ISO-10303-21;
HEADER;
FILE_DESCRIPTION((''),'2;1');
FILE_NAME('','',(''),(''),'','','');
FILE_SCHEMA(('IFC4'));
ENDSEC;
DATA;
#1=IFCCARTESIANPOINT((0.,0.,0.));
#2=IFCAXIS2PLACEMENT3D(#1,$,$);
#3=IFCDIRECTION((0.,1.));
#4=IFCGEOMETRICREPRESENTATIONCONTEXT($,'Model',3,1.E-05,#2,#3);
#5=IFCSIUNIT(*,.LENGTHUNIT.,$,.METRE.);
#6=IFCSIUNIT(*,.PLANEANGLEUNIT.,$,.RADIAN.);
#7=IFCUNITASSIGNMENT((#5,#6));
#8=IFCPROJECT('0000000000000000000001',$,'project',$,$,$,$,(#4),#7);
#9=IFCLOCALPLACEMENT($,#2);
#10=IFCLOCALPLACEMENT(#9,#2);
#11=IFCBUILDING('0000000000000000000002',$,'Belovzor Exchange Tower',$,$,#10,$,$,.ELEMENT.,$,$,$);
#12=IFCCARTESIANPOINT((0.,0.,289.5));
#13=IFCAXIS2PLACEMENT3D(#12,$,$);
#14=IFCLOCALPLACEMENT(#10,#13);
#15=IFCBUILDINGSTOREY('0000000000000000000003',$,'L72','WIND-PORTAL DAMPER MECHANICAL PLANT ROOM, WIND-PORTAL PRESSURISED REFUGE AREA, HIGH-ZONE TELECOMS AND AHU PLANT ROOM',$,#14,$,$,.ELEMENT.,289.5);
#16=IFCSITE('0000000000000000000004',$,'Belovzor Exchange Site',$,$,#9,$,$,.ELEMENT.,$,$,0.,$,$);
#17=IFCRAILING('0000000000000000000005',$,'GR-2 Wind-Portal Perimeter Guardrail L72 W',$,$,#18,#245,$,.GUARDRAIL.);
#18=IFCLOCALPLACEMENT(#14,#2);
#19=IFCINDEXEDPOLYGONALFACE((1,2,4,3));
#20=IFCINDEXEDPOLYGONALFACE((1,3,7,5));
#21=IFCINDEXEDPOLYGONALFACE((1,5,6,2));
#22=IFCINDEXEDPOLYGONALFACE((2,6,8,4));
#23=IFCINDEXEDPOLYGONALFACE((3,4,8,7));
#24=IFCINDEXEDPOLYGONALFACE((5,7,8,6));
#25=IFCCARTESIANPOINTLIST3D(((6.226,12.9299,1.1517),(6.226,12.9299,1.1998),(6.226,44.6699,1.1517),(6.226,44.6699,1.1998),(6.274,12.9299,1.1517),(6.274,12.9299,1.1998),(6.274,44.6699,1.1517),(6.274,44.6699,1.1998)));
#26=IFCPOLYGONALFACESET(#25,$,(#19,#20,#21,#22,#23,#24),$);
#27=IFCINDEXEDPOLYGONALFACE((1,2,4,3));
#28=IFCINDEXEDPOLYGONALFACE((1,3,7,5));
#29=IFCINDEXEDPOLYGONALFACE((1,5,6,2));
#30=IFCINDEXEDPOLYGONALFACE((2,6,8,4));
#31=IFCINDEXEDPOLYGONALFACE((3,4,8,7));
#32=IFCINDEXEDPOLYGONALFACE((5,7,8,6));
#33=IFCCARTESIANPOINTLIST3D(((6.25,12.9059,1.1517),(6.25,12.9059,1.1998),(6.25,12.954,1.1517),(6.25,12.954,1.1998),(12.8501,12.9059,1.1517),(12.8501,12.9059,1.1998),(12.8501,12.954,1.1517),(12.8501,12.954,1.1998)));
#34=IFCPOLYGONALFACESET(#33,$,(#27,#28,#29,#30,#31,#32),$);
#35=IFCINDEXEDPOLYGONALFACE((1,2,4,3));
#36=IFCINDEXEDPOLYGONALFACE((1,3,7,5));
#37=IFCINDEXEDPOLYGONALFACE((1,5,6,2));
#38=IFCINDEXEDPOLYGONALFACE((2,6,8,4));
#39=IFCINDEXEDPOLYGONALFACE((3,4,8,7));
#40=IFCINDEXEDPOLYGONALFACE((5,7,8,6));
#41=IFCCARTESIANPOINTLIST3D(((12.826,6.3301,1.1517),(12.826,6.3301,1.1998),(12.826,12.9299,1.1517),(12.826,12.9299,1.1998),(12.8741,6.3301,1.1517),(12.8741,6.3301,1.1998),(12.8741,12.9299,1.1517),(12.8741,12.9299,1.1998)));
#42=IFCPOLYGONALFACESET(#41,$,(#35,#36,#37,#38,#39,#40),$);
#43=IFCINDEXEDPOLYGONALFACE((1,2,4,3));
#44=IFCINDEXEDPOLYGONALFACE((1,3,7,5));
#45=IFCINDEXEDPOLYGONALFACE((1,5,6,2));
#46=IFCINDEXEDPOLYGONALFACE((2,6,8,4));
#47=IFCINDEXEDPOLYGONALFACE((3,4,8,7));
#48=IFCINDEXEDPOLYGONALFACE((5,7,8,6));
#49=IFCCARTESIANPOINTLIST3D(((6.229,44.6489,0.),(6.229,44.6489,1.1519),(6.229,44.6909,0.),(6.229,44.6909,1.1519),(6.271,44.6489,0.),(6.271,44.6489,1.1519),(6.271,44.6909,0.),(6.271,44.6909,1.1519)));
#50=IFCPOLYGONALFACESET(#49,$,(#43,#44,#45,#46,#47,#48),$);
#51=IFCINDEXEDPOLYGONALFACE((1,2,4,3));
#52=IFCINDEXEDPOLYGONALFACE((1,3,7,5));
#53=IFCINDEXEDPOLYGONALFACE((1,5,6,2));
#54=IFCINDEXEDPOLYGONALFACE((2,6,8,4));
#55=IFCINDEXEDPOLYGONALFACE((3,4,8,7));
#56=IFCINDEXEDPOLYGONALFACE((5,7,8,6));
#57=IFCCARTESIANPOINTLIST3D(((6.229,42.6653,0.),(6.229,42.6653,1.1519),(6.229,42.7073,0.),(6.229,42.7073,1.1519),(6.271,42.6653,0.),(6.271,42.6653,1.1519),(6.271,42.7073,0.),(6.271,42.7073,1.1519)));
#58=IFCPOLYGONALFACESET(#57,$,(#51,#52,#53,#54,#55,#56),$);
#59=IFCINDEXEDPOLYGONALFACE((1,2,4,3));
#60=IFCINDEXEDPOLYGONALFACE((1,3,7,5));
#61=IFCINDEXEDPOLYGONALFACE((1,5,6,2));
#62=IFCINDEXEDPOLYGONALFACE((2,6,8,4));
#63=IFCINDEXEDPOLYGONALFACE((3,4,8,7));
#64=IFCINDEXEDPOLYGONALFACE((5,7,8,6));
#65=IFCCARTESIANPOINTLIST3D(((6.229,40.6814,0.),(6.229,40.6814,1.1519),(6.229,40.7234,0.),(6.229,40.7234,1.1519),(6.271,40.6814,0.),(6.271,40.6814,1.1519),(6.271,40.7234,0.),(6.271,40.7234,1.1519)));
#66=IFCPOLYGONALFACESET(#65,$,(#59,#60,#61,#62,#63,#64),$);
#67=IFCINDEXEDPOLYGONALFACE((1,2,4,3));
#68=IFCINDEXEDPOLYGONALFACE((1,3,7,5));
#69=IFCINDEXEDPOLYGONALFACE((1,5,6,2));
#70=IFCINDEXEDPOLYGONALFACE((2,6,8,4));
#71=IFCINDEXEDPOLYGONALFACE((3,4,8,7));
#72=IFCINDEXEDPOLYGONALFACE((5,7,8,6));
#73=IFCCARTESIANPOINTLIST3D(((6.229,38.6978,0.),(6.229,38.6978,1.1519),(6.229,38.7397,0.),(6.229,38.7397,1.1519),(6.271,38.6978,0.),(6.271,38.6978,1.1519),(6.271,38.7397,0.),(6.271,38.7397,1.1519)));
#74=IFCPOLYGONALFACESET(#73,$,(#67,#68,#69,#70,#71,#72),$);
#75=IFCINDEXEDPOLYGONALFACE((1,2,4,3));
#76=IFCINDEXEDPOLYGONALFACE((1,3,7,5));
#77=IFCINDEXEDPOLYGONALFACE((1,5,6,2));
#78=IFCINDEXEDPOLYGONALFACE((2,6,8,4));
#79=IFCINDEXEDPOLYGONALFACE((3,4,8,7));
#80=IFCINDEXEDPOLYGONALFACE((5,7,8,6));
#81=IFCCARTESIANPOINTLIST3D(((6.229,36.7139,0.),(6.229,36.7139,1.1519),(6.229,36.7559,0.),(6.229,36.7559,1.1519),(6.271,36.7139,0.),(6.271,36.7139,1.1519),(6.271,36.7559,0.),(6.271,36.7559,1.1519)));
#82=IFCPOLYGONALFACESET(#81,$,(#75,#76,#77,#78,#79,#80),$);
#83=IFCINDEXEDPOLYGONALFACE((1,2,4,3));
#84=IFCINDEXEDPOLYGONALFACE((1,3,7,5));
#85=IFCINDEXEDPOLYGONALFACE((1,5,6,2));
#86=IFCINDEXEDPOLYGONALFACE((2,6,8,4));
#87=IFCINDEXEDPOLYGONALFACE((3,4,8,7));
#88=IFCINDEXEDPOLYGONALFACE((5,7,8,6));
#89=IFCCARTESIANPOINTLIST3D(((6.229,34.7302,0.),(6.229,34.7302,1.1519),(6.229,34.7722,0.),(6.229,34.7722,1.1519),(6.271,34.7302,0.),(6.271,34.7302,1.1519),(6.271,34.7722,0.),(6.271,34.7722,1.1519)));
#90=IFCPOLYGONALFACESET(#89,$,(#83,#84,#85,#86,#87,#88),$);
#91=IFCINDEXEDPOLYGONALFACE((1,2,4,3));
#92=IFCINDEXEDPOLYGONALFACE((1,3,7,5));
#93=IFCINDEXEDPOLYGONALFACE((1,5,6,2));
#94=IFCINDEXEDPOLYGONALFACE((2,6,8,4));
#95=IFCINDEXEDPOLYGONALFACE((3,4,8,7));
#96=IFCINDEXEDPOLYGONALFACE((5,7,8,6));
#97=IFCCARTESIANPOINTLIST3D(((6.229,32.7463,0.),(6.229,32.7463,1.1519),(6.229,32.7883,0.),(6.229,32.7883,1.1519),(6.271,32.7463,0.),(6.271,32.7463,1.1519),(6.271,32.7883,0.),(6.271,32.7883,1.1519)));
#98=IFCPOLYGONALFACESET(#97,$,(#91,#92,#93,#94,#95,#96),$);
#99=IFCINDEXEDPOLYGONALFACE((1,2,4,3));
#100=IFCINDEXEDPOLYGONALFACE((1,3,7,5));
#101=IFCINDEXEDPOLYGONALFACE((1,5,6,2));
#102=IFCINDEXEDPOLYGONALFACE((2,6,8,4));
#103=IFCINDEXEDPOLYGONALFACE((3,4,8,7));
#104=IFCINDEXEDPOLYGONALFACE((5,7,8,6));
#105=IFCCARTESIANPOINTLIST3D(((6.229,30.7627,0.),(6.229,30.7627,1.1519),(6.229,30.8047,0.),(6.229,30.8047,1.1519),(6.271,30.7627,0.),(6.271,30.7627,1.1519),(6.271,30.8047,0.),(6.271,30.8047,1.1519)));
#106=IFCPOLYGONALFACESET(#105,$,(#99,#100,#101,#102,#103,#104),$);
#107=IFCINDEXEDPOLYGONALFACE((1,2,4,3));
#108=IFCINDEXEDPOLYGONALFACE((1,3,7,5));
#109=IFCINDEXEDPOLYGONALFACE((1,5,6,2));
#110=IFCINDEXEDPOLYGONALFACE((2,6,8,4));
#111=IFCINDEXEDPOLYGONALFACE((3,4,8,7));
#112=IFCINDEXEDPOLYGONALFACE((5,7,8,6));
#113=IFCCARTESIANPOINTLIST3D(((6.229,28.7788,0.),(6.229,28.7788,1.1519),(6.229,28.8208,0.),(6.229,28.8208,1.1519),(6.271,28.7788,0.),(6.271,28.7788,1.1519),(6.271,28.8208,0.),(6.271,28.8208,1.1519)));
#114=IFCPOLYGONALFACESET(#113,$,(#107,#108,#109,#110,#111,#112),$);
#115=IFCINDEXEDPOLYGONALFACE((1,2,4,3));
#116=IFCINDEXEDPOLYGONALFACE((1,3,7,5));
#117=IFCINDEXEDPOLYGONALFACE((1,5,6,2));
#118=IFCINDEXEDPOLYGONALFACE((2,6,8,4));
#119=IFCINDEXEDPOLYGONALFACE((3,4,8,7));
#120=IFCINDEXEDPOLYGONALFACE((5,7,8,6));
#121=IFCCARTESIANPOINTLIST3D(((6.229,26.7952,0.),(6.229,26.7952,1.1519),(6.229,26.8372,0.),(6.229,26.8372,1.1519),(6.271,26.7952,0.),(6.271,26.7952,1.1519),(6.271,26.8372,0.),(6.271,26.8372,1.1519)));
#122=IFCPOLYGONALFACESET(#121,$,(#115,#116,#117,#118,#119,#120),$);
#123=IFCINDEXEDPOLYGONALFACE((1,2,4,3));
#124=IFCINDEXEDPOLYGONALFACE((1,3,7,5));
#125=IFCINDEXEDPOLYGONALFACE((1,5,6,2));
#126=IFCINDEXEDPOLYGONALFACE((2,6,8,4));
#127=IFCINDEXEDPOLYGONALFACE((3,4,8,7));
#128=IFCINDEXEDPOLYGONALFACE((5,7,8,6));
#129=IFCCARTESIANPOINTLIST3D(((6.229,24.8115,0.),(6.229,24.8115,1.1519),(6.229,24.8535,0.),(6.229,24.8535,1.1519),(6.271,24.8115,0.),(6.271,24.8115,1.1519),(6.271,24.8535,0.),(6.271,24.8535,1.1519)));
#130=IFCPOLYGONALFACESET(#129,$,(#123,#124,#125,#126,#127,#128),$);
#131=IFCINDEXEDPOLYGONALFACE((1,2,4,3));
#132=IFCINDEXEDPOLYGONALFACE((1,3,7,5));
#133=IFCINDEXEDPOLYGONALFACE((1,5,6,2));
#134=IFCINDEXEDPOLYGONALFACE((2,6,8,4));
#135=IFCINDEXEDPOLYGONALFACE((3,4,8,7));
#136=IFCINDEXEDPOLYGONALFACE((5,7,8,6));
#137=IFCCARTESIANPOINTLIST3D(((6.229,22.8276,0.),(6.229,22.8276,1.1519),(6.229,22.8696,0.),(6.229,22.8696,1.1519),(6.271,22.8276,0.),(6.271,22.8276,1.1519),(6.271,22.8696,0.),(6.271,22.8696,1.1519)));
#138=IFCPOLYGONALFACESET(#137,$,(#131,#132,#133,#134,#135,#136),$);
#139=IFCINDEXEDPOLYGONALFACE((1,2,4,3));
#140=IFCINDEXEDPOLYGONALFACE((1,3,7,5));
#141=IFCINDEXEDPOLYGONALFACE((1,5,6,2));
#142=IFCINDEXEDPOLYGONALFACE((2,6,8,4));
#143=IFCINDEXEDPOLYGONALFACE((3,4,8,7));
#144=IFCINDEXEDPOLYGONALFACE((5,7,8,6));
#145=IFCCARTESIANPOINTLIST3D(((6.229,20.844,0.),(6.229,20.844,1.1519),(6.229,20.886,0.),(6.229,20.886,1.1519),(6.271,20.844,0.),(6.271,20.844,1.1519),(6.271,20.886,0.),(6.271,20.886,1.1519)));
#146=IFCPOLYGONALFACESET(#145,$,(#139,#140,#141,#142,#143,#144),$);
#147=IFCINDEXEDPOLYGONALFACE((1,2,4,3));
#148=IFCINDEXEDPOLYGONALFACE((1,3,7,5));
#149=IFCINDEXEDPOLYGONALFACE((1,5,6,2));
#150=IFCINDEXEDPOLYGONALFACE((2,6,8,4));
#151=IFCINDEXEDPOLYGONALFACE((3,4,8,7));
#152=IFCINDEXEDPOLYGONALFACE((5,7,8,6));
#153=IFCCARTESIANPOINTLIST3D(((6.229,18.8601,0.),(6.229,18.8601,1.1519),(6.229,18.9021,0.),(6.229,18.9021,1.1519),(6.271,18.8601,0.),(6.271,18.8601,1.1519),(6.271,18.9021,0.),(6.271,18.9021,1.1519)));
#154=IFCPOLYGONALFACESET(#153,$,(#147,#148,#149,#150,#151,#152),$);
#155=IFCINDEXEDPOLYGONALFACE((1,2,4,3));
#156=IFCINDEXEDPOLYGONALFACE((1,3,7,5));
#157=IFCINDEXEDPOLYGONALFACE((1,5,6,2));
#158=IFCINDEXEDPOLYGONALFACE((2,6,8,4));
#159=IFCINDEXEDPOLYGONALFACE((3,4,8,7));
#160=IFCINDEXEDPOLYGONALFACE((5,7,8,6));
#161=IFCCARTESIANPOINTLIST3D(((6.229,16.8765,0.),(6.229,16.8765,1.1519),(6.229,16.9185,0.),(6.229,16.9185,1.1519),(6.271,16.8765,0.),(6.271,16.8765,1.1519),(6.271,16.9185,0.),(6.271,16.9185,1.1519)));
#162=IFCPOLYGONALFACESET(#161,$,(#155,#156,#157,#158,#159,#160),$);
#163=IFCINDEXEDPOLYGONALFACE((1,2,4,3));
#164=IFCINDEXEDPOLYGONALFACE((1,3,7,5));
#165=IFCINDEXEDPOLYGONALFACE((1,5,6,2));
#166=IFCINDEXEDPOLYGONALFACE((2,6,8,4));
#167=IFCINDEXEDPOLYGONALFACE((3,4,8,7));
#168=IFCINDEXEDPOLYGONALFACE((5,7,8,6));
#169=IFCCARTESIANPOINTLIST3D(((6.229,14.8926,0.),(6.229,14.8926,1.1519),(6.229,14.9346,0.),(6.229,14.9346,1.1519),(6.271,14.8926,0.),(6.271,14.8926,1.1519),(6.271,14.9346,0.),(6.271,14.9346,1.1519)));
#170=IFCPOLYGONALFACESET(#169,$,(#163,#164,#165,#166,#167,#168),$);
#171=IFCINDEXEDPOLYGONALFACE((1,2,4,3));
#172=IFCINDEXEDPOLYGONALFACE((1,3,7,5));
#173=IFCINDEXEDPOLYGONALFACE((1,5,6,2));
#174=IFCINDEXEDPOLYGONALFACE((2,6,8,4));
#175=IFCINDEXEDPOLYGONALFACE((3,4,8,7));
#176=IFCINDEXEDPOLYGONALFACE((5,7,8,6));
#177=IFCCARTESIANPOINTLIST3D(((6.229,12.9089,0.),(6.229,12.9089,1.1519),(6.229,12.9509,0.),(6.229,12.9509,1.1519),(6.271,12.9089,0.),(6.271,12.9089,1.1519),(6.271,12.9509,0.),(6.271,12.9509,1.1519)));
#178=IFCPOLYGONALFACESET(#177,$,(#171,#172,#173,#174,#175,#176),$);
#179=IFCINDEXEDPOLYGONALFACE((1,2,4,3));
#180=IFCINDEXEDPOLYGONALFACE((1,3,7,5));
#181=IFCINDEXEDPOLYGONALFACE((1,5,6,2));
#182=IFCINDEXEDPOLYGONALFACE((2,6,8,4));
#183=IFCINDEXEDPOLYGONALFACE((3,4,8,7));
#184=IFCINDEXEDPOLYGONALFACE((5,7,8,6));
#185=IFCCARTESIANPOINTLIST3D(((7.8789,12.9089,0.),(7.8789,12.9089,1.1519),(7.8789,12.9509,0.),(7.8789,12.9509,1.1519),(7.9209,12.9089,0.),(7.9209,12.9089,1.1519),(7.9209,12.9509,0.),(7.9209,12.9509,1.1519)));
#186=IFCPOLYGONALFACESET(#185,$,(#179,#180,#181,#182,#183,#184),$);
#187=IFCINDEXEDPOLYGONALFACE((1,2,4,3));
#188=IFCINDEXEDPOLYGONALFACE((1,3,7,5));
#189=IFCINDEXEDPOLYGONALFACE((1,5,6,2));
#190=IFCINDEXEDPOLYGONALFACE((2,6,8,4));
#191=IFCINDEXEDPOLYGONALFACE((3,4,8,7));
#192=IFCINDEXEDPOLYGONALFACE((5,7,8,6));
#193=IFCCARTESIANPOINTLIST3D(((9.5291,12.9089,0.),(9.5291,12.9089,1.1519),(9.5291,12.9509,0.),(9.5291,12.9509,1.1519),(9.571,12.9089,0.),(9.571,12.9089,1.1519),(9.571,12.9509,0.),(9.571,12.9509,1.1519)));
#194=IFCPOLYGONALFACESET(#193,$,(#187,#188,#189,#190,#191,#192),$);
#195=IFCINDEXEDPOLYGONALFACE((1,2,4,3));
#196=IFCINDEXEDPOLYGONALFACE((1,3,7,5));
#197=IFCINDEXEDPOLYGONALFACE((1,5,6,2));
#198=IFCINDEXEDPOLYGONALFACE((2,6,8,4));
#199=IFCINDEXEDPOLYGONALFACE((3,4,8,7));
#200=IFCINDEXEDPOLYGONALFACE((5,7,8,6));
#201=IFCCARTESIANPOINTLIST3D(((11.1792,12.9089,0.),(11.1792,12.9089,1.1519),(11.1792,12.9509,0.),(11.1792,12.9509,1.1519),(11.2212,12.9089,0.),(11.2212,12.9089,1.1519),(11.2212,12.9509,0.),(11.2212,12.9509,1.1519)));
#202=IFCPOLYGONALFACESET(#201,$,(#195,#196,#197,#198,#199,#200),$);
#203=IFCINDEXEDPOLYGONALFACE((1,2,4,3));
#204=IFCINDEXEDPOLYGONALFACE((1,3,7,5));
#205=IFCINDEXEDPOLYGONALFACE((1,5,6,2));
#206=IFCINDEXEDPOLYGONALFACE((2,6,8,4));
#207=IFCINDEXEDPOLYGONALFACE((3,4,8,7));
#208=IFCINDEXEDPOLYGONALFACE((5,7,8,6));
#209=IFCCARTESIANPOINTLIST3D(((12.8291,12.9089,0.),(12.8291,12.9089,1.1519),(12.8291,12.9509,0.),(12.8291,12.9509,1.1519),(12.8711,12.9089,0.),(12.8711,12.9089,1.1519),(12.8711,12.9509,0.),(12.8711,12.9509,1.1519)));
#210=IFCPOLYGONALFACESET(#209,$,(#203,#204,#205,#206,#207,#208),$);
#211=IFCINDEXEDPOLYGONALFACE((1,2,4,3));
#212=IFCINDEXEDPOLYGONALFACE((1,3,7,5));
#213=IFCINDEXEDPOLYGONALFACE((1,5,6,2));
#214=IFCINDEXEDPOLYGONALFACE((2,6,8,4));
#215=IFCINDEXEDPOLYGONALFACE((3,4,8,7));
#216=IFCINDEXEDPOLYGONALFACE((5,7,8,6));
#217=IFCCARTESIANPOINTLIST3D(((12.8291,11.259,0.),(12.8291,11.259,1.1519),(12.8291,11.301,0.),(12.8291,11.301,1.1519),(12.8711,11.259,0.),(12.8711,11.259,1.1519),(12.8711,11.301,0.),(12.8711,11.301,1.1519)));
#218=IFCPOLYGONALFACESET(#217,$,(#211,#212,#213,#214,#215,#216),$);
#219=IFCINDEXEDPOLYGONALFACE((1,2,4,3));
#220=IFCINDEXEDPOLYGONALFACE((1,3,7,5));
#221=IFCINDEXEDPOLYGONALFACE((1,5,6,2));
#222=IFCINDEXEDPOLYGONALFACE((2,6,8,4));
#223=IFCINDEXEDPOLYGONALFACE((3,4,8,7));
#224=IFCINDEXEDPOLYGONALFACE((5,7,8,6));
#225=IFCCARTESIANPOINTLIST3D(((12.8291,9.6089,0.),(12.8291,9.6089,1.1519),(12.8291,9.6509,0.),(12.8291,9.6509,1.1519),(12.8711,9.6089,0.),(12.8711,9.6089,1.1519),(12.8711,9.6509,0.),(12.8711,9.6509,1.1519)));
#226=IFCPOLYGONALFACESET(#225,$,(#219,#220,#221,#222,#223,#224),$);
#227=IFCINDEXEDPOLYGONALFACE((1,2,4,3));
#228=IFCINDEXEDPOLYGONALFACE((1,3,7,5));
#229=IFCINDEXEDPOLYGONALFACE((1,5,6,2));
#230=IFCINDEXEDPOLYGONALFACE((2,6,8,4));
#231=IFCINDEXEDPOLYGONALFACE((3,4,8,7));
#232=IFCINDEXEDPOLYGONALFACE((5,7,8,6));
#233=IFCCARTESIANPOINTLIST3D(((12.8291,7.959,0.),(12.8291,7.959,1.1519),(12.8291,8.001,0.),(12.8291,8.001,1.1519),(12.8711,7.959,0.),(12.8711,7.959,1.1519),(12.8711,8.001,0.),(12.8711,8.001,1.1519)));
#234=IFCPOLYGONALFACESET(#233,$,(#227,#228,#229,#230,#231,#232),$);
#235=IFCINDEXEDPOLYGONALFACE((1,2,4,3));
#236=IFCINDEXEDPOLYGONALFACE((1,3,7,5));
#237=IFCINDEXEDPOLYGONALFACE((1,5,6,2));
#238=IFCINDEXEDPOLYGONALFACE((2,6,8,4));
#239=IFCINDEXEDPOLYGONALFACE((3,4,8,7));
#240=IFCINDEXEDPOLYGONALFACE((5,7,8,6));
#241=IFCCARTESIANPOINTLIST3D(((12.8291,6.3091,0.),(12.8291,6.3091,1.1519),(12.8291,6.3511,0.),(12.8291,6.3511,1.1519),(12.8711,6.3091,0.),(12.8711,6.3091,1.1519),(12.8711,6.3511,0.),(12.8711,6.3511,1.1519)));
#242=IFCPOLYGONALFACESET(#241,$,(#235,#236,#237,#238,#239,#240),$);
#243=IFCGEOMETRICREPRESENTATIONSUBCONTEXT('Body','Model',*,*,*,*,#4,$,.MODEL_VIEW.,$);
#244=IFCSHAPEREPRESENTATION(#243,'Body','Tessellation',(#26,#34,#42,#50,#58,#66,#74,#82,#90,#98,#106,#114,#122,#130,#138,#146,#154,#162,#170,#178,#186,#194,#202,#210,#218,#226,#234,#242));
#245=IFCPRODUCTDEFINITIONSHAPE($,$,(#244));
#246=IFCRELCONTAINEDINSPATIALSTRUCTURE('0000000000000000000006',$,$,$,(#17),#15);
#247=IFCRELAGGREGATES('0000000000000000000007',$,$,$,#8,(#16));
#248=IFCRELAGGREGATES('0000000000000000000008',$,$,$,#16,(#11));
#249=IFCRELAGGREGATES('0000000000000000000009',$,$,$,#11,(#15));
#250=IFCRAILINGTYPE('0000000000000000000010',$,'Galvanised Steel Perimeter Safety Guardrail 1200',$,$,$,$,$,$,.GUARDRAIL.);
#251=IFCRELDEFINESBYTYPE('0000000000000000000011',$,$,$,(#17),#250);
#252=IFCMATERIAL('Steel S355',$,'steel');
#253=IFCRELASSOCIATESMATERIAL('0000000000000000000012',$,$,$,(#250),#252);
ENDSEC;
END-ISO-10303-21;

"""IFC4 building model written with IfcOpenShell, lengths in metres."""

from ifc_helpers import new_model, si_unit, direction, frame, origin, origin_2d, place, context, subcontext, project, spatial, rectangle, extrude, material, type_object, element, save


model = new_model("IFC4")

# Units and contexts
model_context = context("Model", 3, precision=1e-05, world=origin(), true_north=direction((0.0, 1.0)))
body_context = subcontext(model_context, "Body", "Model", "MODEL_VIEW")
ifc_project = project(units=[si_unit("LENGTHUNIT", "METRE"), si_unit("PLANEANGLEUNIT", "RADIAN")], contexts=[model_context])

# Site, building, storey
site_placement = place(None, origin())
site = spatial("IfcSite", under=ifc_project, at=site_placement, Name="Belovzor Exchange Site", CompositionType="ELEMENT", RefElevation=0.0)
building_placement = place(site_placement, origin())
building = spatial("IfcBuilding", under=site, at=building_placement, Name="Belovzor Exchange Tower", CompositionType="ELEMENT")
storey_placement = place(building_placement, frame((0.0, 0.0, 289.5)))
storey = spatial("IfcBuildingStorey", under=building, at=storey_placement, Name="L72", Description="WIND-PORTAL DAMPER MECHANICAL PLANT ROOM, WIND-PORTAL PRESSURISED REFUGE AREA, HIGH-ZONE TELECOMS AND AHU PLANT ROOM", CompositionType="ELEMENT", Elevation=289.5)

# Railing
ifc_material_1 = material(Name="Steel S355", Category="steel")
railing_type = type_object("IfcRailingType", Name="Galvanised Steel Perimeter Safety Guardrail 1200", PredefinedType="GUARDRAIL", material=ifc_material_1)
railing_placement = place(storey_placement, frame((6.25, 44.6699, 0.0)))
element("IfcRailing", 1, at=railing_placement, inside=storey, type_object=railing_type, Name="GR-2 Wind-Portal Perimeter Guardrail L72 W", PredefinedType="GUARDRAIL", context=body_context, shape_type="SweptSolid", body=[
    extrude(rectangle(XDim=0.0481, YDim=0.0481, at=origin_2d()), frame((0.0, 0.0, 1.1758), z_axis=(0.0, -1.0, 0.0), x_axis=(1.0, 0.0, 0.0)), (0.0, 0.0, 1.0), 31.74),
    extrude(rectangle(XDim=0.0481, YDim=0.0481, at=origin_2d()), frame((0.0, -31.74, 1.1758), z_axis=(1.0, 0.0, 0.0), x_axis=(0.0, 1.0, 0.0)), (0.0, 0.0, 1.0), 6.6001),
    extrude(rectangle(XDim=0.0481, YDim=0.0481, at=origin_2d()), frame((6.6001, -31.74, 1.1758), z_axis=(0.0, -1.0, 0.0), x_axis=(1.0, 0.0, 0.0)), (0.0, 0.0, 1.0), 6.5999),
    extrude(rectangle(XDim=0.042, YDim=0.042, at=origin_2d()), origin(), (0.0, 0.0, 1.0), 1.1519),
    extrude(rectangle(XDim=0.042, YDim=0.042, at=origin_2d()), frame((0.0, -1.9836, 0.0)), (0.0, 0.0, 1.0), 1.1519),
    extrude(rectangle(XDim=0.042, YDim=0.042, at=origin_2d()), frame((0.0, -3.9675, 0.0)), (0.0, 0.0, 1.0), 1.1519),
    extrude(rectangle(XDim=0.042, YDim=0.042, at=origin_2d()), frame((0.0, -5.9512, 0.0)), (0.0, 0.0, 1.0), 1.1519),
    extrude(rectangle(XDim=0.042, YDim=0.042, at=origin_2d()), frame((0.0, -7.9351, 0.0)), (0.0, 0.0, 1.0), 1.1519),
    extrude(rectangle(XDim=0.042, YDim=0.042, at=origin_2d()), frame((0.0, -9.9187, 0.0)), (0.0, 0.0, 1.0), 1.1519),
    extrude(rectangle(XDim=0.042, YDim=0.042, at=origin_2d()), frame((0.0, -11.9026, 0.0)), (0.0, 0.0, 1.0), 1.1519),
    extrude(rectangle(XDim=0.042, YDim=0.042, at=origin_2d()), frame((0.0, -13.8862, 0.0)), (0.0, 0.0, 1.0), 1.1519),
    extrude(rectangle(XDim=0.042, YDim=0.042, at=origin_2d()), frame((0.0, -15.8701, 0.0)), (0.0, 0.0, 1.0), 1.1519),
    extrude(rectangle(XDim=0.042, YDim=0.042, at=origin_2d()), frame((0.0, -17.8538, 0.0)), (0.0, 0.0, 1.0), 1.1519),
    extrude(rectangle(XDim=0.042, YDim=0.042, at=origin_2d()), frame((0.0, -19.8374, 0.0)), (0.0, 0.0, 1.0), 1.1519),
    extrude(rectangle(XDim=0.042, YDim=0.042, at=origin_2d()), frame((0.0, -21.8213, 0.0)), (0.0, 0.0, 1.0), 1.1519),
    extrude(rectangle(XDim=0.042, YDim=0.042, at=origin_2d()), frame((0.0, -23.8049, 0.0)), (0.0, 0.0, 1.0), 1.1519),
    extrude(rectangle(XDim=0.042, YDim=0.042, at=origin_2d()), frame((0.0, -25.7888, 0.0)), (0.0, 0.0, 1.0), 1.1519),
    extrude(rectangle(XDim=0.042, YDim=0.042, at=origin_2d()), frame((0.0, -27.7725, 0.0)), (0.0, 0.0, 1.0), 1.1519),
    extrude(rectangle(XDim=0.042, YDim=0.042, at=origin_2d()), frame((0.0, -29.7563, 0.0)), (0.0, 0.0, 1.0), 1.1519),
    extrude(rectangle(XDim=0.042, YDim=0.042, at=origin_2d()), frame((0.0, -31.74, 0.0)), (0.0, 0.0, 1.0), 1.1519),
    extrude(rectangle(XDim=0.042, YDim=0.042, at=origin_2d()), frame((1.6499, -31.74, 0.0)), (0.0, 0.0, 1.0), 1.1519),
    extrude(rectangle(XDim=0.042, YDim=0.042, at=origin_2d()), frame((3.3, -31.74, 0.0)), (0.0, 0.0, 1.0), 1.1519),
    extrude(rectangle(XDim=0.042, YDim=0.042, at=origin_2d()), frame((4.9502, -31.74, 0.0)), (0.0, 0.0, 1.0), 1.1519),
    extrude(rectangle(XDim=0.042, YDim=0.042, at=origin_2d()), frame((6.6001, -31.74, 0.0)), (0.0, 0.0, 1.0), 1.1519),
    extrude(rectangle(XDim=0.042, YDim=0.042, at=origin_2d()), frame((6.6001, -33.3899, 0.0)), (0.0, 0.0, 1.0), 1.1519),
    extrude(rectangle(XDim=0.042, YDim=0.042, at=origin_2d()), frame((6.6001, -35.04, 0.0)), (0.0, 0.0, 1.0), 1.1519),
    extrude(rectangle(XDim=0.042, YDim=0.042, at=origin_2d()), frame((6.6001, -36.6899, 0.0)), (0.0, 0.0, 1.0), 1.1519),
    extrude(rectangle(XDim=0.042, YDim=0.042, at=origin_2d()), frame((6.6001, -38.3398, 0.0)), (0.0, 0.0, 1.0), 1.1519),
])

save(model, "model.ifc")
